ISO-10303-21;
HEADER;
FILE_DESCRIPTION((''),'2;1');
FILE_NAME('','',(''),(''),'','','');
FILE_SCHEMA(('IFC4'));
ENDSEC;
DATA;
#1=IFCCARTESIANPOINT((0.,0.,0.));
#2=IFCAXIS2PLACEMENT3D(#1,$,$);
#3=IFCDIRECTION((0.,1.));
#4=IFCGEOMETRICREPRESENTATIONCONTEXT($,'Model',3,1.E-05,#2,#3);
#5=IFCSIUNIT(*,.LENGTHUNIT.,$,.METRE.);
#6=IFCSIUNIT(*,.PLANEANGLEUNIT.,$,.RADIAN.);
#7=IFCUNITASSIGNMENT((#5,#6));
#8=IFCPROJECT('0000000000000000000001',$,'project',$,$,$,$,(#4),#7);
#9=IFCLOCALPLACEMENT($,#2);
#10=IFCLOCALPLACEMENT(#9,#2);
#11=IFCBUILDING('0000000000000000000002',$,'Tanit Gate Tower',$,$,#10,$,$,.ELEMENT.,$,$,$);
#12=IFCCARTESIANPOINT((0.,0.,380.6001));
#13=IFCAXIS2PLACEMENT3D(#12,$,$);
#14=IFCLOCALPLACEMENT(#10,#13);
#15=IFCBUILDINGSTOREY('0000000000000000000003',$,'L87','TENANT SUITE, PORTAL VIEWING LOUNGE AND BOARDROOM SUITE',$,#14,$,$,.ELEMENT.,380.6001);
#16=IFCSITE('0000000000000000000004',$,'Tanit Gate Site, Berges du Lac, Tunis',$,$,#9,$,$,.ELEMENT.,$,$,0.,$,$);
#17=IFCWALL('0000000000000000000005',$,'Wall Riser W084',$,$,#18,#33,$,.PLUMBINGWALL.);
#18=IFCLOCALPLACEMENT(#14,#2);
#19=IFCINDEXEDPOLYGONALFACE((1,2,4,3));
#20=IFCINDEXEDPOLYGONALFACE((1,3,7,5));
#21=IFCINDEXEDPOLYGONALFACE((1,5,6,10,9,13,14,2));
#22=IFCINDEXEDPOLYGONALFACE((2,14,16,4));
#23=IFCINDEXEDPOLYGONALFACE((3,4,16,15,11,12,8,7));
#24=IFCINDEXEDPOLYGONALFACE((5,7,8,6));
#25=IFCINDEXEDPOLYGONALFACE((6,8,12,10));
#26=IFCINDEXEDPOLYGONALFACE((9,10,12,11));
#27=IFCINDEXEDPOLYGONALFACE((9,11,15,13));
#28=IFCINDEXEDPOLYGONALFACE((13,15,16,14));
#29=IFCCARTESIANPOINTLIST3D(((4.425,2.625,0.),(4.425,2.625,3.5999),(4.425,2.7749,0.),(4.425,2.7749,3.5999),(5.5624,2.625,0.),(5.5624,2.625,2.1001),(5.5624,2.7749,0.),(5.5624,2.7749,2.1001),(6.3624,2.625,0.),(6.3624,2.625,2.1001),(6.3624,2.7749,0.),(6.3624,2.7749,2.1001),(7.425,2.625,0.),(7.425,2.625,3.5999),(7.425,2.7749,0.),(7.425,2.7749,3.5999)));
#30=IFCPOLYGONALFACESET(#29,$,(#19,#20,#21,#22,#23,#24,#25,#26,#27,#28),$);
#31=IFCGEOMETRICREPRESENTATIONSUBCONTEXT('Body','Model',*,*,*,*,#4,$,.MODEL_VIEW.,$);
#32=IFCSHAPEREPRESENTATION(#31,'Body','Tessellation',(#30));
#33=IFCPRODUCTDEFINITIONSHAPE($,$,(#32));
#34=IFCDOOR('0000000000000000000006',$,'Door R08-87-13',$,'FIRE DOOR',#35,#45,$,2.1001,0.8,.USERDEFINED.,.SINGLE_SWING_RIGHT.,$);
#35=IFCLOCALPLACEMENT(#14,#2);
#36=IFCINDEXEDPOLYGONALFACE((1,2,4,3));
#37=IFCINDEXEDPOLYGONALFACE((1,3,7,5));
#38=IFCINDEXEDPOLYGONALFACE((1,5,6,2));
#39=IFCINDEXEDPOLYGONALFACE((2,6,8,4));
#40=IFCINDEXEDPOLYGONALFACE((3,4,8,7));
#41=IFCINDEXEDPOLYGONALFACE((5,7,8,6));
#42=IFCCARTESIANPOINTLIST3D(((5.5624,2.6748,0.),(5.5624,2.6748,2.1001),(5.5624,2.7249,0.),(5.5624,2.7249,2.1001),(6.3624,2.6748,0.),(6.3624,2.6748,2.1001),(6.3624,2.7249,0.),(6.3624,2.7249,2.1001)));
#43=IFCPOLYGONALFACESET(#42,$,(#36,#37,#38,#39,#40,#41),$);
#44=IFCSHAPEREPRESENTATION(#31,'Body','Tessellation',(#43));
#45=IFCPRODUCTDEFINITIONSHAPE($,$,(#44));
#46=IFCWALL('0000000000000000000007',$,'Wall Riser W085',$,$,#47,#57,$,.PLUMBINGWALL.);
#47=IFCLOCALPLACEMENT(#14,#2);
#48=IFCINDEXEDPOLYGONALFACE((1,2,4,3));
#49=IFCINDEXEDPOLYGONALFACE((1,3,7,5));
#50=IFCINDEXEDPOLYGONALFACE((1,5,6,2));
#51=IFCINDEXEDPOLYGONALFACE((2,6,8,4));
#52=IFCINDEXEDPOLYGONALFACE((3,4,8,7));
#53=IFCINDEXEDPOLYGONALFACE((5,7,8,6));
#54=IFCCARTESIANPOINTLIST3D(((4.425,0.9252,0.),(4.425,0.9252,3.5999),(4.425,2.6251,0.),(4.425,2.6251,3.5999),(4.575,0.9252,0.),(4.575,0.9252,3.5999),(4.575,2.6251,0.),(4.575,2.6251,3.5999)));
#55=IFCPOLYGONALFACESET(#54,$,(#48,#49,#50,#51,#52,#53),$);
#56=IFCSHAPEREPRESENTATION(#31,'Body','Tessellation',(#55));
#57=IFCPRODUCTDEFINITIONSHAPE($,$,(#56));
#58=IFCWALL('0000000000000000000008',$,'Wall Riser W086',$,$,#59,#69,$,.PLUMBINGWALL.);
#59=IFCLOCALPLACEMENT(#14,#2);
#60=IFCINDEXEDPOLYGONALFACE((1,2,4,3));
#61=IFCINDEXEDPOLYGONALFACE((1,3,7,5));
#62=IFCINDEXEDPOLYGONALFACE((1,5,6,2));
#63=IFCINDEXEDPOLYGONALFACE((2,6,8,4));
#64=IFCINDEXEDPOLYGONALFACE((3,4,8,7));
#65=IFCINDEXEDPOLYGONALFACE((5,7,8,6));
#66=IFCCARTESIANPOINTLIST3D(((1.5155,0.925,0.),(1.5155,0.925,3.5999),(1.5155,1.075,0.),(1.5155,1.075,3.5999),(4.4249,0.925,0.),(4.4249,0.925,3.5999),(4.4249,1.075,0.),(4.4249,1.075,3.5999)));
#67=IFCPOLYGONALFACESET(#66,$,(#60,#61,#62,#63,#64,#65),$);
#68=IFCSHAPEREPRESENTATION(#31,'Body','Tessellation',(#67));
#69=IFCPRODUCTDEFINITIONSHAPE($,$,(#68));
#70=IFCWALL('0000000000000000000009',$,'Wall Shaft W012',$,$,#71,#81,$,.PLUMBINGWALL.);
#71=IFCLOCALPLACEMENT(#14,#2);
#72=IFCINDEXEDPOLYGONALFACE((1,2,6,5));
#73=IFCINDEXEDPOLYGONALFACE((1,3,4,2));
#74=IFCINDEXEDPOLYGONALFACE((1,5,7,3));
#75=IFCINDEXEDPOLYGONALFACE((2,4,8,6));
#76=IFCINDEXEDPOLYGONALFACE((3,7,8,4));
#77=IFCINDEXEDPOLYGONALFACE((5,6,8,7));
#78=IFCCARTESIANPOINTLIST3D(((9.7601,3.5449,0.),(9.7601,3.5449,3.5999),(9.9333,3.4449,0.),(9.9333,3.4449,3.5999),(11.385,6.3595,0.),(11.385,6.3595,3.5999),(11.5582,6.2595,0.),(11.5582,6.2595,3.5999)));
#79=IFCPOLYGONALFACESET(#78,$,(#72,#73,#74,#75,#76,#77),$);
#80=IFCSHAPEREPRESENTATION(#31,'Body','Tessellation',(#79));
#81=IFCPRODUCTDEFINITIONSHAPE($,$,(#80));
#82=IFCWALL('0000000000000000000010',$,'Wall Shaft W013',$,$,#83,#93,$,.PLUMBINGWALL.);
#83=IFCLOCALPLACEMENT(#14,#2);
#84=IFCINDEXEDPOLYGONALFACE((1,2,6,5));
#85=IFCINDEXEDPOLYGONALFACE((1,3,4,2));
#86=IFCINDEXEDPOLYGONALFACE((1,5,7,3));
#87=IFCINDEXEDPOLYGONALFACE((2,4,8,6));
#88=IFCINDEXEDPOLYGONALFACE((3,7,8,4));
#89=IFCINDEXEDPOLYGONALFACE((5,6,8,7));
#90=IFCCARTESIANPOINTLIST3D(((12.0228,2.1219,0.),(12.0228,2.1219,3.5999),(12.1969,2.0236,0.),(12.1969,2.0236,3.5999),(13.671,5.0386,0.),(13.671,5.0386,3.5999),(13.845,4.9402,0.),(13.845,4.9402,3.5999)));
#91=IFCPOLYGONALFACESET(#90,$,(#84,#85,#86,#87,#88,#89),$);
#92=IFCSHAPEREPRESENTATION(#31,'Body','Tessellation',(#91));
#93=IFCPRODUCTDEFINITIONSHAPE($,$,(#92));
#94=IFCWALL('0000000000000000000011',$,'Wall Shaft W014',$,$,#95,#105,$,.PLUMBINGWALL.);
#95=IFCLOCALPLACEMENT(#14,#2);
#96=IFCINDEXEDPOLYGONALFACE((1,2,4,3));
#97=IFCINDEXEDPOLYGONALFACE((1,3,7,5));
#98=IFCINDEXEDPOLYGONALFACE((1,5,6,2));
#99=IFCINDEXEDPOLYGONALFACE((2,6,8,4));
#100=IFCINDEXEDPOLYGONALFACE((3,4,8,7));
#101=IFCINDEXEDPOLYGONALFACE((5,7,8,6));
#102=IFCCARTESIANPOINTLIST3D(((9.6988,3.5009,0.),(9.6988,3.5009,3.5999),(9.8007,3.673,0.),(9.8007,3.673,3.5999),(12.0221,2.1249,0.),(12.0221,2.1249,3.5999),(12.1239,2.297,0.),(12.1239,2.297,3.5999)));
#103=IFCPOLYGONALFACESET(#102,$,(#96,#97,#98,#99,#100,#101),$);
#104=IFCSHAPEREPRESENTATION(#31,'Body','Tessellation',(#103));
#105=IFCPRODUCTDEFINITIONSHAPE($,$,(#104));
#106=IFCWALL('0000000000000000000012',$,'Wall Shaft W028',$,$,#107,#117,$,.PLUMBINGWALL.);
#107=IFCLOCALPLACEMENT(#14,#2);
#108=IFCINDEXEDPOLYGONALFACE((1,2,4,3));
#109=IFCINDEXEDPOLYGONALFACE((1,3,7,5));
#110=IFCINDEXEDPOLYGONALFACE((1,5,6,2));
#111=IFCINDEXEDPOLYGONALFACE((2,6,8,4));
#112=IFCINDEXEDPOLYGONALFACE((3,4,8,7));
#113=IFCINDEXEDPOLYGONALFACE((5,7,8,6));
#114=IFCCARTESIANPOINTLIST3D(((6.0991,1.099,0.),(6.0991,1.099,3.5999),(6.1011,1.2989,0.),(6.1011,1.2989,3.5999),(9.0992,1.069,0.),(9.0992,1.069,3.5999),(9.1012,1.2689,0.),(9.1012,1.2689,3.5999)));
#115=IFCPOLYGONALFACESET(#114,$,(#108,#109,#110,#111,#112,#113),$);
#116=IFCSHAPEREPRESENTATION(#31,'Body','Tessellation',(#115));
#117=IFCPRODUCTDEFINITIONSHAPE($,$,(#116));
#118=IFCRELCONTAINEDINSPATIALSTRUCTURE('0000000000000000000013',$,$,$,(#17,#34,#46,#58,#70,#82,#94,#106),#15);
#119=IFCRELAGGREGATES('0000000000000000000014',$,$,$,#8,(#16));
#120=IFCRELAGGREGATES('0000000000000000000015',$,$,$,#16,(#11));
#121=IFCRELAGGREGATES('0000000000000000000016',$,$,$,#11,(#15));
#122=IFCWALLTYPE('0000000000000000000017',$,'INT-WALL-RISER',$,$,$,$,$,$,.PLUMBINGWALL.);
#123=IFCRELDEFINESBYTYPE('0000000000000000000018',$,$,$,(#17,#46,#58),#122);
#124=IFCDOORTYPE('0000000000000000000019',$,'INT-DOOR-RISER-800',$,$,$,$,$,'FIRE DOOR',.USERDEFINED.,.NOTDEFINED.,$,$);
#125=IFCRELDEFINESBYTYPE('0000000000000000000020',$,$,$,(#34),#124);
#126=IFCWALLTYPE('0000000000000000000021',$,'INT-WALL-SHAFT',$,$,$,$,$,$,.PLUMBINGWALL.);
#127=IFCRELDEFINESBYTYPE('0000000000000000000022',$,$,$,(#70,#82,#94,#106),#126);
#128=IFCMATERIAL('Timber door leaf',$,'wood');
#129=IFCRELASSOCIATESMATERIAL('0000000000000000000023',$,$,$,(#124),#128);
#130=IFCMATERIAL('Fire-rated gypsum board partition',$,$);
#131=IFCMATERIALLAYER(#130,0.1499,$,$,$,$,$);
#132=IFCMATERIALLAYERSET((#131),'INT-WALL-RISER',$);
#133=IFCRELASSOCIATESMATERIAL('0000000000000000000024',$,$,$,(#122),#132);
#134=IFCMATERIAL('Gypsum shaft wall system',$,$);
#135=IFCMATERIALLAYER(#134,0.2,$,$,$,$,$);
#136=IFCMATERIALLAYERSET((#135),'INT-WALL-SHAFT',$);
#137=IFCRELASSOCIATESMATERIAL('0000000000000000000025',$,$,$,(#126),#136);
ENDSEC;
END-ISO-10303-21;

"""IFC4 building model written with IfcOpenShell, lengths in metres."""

from ifc_helpers import new_model, si_unit, direction, frame, frame_2d, origin, place, context, subcontext, project, spatial, rectangle, extrude, material, layer, layer_set, type_object, element, fill, save


model = new_model("IFC4")

# Units and contexts
model_context = context("Model", 3, precision=1e-05, world=origin(), true_north=direction((0.0, 1.0)))
body_context = subcontext(model_context, "Body", "Model", "MODEL_VIEW")
ifc_project = project(units=[si_unit("LENGTHUNIT", "METRE"), si_unit("PLANEANGLEUNIT", "RADIAN")], contexts=[model_context])

# Site, building, storey
site_placement = place(None, origin())
site = spatial("IfcSite", under=ifc_project, at=site_placement, Name="Tanit Gate Site, Berges du Lac, Tunis", CompositionType="ELEMENT", RefElevation=0.0)
building_placement = place(site_placement, origin())
building = spatial("IfcBuilding", under=site, at=building_placement, Name="Tanit Gate Tower", CompositionType="ELEMENT")
storey_placement = place(building_placement, frame((0.0, 0.0, 380.6001)))
storey = spatial("IfcBuildingStorey", under=building, at=storey_placement, Name="L87", Description="TENANT SUITE, PORTAL VIEWING LOUNGE AND BOARDROOM SUITE", CompositionType="ELEMENT", Elevation=380.6001)

# Shared definitions
ifc_material_1 = material(Name="Timber door leaf", Category="wood")
door_type_1 = type_object("IfcDoorType", Name="INT-DOOR-RISER-800", ElementType="FIRE DOOR", OperationType="NOTDEFINED", PredefinedType="USERDEFINED", material=ifc_material_1)

# Shared definitions
ifc_material_2 = material(Name="Fire-rated gypsum board partition")
ifc_layer_1 = layer(ifc_material_2, 0.1499)
ifc_layer_set_1 = layer_set([ifc_layer_1], Name="INT-WALL-RISER")
wall_type_1 = type_object("IfcWallType", Name="INT-WALL-RISER", PredefinedType="PLUMBINGWALL", material=ifc_layer_set_1)

# Wall, opening, door
wall_1_placement = place(storey_placement, frame((4.425, 2.7, 0.0), z_axis=(0.0, 0.0, 1.0), x_axis=(1.0, 0.0, 0.0)))
wall_1 = element("IfcWall", 1, at=wall_1_placement, inside=storey, type_object=wall_type_1, Name="Wall Riser W084", PredefinedType="PLUMBINGWALL", context=body_context, shape_type="SweptSolid", body=[
    extrude(rectangle(XDim=3.0, YDim=0.1499, at=frame_2d((1.5, 0.0))), origin(), (0.0, 0.0, 1.0), 3.5999),
])
opening_1_placement = place(wall_1_placement, frame((1.1375, 0.0, 0.0)))
opening_1 = element("IfcOpeningElement", 2, at=opening_1_placement, cuts=wall_1, PredefinedType="OPENING", context=body_context, shape_type="SweptSolid", body=[
    extrude(rectangle(XDim=0.8, YDim=2.1001, at=frame_2d((0.3999, 1.05))), frame((0.0, 0.085, 0.0), z_axis=(0.0, -1.0, 0.0), x_axis=(1.0, 0.0, 0.0)), (0.0, 0.0, 1.0), 0.1699),
])
door_1_placement = place(opening_1_placement, origin())
door_1 = element("IfcDoor", 3, at=door_1_placement, inside=storey, type_object=door_type_1, Name="Door R08-87-13", ObjectType="FIRE DOOR", OperationType="SINGLE_SWING_RIGHT", OverallHeight=2.1001, OverallWidth=0.8, PredefinedType="USERDEFINED", context=body_context, shape_type="SweptSolid", body=[
    extrude(rectangle(XDim=0.8, YDim=2.1001, at=frame_2d((0.3999, 1.05))), frame((0.0, 0.0249, 0.0), z_axis=(0.0, -1.0, 0.0), x_axis=(1.0, 0.0, 0.0)), (0.0, 0.0, 1.0), 0.05),
])
fill(opening_1, door_1)

# Walls
wall_2_placement = place(storey_placement, frame((4.5, 0.925, 0.0), z_axis=(0.0, 0.0, 1.0), x_axis=(0.0, 1.0, 0.0)))
element("IfcWall", 4, at=wall_2_placement, inside=storey, type_object=wall_type_1, Name="Wall Riser W085", PredefinedType="PLUMBINGWALL", context=body_context, shape_type="SweptSolid", body=[
    extrude(rectangle(XDim=1.7, YDim=0.1499, at=frame_2d((0.8501, 0.0))), origin(), (0.0, 0.0, 1.0), 3.5999),
])
wall_3_placement = place(storey_placement, frame((1.5156, 1.0, 0.0), z_axis=(0.0, 0.0, 1.0), x_axis=(1.0, 0.0, 0.0)))
element("IfcWall", 5, at=wall_3_placement, inside=storey, type_object=wall_type_1, Name="Wall Riser W086", PredefinedType="PLUMBINGWALL", context=body_context, shape_type="SweptSolid", body=[
    extrude(rectangle(XDim=2.9094, YDim=0.1499, at=frame_2d((1.4546, 0.0))), origin(), (0.0, 0.0, 1.0), 3.5999),
])
ifc_material_3 = material(Name="Gypsum shaft wall system")
ifc_layer_2 = layer(ifc_material_3, 0.2)
ifc_layer_set_2 = layer_set([ifc_layer_2], Name="INT-WALL-SHAFT")
wall_type_2 = type_object("IfcWallType", Name="INT-WALL-SHAFT", PredefinedType="PLUMBINGWALL", material=ifc_layer_set_2)
wall_4_placement = place(storey_placement, frame((9.8467, 3.4949, 0.0), z_axis=(0.0, 0.0, 1.0), x_axis=(0.499985, 0.866034, 0.0)))
element("IfcWall", 6, at=wall_4_placement, inside=storey, type_object=wall_type_2, Name="Wall Shaft W012", PredefinedType="PLUMBINGWALL", context=body_context, shape_type="SweptSolid", body=[
    extrude(rectangle(XDim=3.25, YDim=0.2, at=frame_2d((1.625, 0.0))), origin(), (0.0, 0.0, 1.0), 3.5999),
])
wall_5_placement = place(storey_placement, frame((12.1099, 2.0728, 0.0), z_axis=(0.0, 0.0, 1.0), x_axis=(0.491966, 0.870614, 0.0)))
element("IfcWall", 7, at=wall_5_placement, inside=storey, type_object=wall_type_2, Name="Wall Shaft W013", PredefinedType="PLUMBINGWALL", context=body_context, shape_type="SweptSolid", body=[
    extrude(rectangle(XDim=3.3501, YDim=0.2, at=frame_2d((1.675, 0.0))), origin(), (0.0, 0.0, 1.0), 3.5999),
])
wall_6_placement = place(storey_placement, frame((12.073, 2.2109, 0.0), z_axis=(0.0, 0.0, 1.0), x_axis=(-0.860415, 0.509594, 0.0)))
element("IfcWall", 8, at=wall_6_placement, inside=storey, type_object=wall_type_2, Name="Wall Shaft W014", PredefinedType="PLUMBINGWALL", context=body_context, shape_type="SweptSolid", body=[
    extrude(rectangle(XDim=2.7002, YDim=0.2, at=frame_2d((1.3501, 0.0))), origin(), (0.0, 0.0, 1.0), 3.5999),
])

# Wall
wall_7_placement = place(storey_placement, frame((9.1001, 1.1689, 0.0), z_axis=(0.0, 0.0, 1.0), x_axis=(-0.99995, 0.010009, 0.0)))
element("IfcWall", 9, at=wall_7_placement, inside=storey, type_object=wall_type_2, Name="Wall Shaft W028", PredefinedType="PLUMBINGWALL", context=body_context, shape_type="SweptSolid", body=[
    extrude(rectangle(XDim=3.0002, YDim=0.2, at=frame_2d((1.5, 0.0))), origin(), (0.0, 0.0, 1.0), 3.5999),
])

save(model, "model.ifc")
